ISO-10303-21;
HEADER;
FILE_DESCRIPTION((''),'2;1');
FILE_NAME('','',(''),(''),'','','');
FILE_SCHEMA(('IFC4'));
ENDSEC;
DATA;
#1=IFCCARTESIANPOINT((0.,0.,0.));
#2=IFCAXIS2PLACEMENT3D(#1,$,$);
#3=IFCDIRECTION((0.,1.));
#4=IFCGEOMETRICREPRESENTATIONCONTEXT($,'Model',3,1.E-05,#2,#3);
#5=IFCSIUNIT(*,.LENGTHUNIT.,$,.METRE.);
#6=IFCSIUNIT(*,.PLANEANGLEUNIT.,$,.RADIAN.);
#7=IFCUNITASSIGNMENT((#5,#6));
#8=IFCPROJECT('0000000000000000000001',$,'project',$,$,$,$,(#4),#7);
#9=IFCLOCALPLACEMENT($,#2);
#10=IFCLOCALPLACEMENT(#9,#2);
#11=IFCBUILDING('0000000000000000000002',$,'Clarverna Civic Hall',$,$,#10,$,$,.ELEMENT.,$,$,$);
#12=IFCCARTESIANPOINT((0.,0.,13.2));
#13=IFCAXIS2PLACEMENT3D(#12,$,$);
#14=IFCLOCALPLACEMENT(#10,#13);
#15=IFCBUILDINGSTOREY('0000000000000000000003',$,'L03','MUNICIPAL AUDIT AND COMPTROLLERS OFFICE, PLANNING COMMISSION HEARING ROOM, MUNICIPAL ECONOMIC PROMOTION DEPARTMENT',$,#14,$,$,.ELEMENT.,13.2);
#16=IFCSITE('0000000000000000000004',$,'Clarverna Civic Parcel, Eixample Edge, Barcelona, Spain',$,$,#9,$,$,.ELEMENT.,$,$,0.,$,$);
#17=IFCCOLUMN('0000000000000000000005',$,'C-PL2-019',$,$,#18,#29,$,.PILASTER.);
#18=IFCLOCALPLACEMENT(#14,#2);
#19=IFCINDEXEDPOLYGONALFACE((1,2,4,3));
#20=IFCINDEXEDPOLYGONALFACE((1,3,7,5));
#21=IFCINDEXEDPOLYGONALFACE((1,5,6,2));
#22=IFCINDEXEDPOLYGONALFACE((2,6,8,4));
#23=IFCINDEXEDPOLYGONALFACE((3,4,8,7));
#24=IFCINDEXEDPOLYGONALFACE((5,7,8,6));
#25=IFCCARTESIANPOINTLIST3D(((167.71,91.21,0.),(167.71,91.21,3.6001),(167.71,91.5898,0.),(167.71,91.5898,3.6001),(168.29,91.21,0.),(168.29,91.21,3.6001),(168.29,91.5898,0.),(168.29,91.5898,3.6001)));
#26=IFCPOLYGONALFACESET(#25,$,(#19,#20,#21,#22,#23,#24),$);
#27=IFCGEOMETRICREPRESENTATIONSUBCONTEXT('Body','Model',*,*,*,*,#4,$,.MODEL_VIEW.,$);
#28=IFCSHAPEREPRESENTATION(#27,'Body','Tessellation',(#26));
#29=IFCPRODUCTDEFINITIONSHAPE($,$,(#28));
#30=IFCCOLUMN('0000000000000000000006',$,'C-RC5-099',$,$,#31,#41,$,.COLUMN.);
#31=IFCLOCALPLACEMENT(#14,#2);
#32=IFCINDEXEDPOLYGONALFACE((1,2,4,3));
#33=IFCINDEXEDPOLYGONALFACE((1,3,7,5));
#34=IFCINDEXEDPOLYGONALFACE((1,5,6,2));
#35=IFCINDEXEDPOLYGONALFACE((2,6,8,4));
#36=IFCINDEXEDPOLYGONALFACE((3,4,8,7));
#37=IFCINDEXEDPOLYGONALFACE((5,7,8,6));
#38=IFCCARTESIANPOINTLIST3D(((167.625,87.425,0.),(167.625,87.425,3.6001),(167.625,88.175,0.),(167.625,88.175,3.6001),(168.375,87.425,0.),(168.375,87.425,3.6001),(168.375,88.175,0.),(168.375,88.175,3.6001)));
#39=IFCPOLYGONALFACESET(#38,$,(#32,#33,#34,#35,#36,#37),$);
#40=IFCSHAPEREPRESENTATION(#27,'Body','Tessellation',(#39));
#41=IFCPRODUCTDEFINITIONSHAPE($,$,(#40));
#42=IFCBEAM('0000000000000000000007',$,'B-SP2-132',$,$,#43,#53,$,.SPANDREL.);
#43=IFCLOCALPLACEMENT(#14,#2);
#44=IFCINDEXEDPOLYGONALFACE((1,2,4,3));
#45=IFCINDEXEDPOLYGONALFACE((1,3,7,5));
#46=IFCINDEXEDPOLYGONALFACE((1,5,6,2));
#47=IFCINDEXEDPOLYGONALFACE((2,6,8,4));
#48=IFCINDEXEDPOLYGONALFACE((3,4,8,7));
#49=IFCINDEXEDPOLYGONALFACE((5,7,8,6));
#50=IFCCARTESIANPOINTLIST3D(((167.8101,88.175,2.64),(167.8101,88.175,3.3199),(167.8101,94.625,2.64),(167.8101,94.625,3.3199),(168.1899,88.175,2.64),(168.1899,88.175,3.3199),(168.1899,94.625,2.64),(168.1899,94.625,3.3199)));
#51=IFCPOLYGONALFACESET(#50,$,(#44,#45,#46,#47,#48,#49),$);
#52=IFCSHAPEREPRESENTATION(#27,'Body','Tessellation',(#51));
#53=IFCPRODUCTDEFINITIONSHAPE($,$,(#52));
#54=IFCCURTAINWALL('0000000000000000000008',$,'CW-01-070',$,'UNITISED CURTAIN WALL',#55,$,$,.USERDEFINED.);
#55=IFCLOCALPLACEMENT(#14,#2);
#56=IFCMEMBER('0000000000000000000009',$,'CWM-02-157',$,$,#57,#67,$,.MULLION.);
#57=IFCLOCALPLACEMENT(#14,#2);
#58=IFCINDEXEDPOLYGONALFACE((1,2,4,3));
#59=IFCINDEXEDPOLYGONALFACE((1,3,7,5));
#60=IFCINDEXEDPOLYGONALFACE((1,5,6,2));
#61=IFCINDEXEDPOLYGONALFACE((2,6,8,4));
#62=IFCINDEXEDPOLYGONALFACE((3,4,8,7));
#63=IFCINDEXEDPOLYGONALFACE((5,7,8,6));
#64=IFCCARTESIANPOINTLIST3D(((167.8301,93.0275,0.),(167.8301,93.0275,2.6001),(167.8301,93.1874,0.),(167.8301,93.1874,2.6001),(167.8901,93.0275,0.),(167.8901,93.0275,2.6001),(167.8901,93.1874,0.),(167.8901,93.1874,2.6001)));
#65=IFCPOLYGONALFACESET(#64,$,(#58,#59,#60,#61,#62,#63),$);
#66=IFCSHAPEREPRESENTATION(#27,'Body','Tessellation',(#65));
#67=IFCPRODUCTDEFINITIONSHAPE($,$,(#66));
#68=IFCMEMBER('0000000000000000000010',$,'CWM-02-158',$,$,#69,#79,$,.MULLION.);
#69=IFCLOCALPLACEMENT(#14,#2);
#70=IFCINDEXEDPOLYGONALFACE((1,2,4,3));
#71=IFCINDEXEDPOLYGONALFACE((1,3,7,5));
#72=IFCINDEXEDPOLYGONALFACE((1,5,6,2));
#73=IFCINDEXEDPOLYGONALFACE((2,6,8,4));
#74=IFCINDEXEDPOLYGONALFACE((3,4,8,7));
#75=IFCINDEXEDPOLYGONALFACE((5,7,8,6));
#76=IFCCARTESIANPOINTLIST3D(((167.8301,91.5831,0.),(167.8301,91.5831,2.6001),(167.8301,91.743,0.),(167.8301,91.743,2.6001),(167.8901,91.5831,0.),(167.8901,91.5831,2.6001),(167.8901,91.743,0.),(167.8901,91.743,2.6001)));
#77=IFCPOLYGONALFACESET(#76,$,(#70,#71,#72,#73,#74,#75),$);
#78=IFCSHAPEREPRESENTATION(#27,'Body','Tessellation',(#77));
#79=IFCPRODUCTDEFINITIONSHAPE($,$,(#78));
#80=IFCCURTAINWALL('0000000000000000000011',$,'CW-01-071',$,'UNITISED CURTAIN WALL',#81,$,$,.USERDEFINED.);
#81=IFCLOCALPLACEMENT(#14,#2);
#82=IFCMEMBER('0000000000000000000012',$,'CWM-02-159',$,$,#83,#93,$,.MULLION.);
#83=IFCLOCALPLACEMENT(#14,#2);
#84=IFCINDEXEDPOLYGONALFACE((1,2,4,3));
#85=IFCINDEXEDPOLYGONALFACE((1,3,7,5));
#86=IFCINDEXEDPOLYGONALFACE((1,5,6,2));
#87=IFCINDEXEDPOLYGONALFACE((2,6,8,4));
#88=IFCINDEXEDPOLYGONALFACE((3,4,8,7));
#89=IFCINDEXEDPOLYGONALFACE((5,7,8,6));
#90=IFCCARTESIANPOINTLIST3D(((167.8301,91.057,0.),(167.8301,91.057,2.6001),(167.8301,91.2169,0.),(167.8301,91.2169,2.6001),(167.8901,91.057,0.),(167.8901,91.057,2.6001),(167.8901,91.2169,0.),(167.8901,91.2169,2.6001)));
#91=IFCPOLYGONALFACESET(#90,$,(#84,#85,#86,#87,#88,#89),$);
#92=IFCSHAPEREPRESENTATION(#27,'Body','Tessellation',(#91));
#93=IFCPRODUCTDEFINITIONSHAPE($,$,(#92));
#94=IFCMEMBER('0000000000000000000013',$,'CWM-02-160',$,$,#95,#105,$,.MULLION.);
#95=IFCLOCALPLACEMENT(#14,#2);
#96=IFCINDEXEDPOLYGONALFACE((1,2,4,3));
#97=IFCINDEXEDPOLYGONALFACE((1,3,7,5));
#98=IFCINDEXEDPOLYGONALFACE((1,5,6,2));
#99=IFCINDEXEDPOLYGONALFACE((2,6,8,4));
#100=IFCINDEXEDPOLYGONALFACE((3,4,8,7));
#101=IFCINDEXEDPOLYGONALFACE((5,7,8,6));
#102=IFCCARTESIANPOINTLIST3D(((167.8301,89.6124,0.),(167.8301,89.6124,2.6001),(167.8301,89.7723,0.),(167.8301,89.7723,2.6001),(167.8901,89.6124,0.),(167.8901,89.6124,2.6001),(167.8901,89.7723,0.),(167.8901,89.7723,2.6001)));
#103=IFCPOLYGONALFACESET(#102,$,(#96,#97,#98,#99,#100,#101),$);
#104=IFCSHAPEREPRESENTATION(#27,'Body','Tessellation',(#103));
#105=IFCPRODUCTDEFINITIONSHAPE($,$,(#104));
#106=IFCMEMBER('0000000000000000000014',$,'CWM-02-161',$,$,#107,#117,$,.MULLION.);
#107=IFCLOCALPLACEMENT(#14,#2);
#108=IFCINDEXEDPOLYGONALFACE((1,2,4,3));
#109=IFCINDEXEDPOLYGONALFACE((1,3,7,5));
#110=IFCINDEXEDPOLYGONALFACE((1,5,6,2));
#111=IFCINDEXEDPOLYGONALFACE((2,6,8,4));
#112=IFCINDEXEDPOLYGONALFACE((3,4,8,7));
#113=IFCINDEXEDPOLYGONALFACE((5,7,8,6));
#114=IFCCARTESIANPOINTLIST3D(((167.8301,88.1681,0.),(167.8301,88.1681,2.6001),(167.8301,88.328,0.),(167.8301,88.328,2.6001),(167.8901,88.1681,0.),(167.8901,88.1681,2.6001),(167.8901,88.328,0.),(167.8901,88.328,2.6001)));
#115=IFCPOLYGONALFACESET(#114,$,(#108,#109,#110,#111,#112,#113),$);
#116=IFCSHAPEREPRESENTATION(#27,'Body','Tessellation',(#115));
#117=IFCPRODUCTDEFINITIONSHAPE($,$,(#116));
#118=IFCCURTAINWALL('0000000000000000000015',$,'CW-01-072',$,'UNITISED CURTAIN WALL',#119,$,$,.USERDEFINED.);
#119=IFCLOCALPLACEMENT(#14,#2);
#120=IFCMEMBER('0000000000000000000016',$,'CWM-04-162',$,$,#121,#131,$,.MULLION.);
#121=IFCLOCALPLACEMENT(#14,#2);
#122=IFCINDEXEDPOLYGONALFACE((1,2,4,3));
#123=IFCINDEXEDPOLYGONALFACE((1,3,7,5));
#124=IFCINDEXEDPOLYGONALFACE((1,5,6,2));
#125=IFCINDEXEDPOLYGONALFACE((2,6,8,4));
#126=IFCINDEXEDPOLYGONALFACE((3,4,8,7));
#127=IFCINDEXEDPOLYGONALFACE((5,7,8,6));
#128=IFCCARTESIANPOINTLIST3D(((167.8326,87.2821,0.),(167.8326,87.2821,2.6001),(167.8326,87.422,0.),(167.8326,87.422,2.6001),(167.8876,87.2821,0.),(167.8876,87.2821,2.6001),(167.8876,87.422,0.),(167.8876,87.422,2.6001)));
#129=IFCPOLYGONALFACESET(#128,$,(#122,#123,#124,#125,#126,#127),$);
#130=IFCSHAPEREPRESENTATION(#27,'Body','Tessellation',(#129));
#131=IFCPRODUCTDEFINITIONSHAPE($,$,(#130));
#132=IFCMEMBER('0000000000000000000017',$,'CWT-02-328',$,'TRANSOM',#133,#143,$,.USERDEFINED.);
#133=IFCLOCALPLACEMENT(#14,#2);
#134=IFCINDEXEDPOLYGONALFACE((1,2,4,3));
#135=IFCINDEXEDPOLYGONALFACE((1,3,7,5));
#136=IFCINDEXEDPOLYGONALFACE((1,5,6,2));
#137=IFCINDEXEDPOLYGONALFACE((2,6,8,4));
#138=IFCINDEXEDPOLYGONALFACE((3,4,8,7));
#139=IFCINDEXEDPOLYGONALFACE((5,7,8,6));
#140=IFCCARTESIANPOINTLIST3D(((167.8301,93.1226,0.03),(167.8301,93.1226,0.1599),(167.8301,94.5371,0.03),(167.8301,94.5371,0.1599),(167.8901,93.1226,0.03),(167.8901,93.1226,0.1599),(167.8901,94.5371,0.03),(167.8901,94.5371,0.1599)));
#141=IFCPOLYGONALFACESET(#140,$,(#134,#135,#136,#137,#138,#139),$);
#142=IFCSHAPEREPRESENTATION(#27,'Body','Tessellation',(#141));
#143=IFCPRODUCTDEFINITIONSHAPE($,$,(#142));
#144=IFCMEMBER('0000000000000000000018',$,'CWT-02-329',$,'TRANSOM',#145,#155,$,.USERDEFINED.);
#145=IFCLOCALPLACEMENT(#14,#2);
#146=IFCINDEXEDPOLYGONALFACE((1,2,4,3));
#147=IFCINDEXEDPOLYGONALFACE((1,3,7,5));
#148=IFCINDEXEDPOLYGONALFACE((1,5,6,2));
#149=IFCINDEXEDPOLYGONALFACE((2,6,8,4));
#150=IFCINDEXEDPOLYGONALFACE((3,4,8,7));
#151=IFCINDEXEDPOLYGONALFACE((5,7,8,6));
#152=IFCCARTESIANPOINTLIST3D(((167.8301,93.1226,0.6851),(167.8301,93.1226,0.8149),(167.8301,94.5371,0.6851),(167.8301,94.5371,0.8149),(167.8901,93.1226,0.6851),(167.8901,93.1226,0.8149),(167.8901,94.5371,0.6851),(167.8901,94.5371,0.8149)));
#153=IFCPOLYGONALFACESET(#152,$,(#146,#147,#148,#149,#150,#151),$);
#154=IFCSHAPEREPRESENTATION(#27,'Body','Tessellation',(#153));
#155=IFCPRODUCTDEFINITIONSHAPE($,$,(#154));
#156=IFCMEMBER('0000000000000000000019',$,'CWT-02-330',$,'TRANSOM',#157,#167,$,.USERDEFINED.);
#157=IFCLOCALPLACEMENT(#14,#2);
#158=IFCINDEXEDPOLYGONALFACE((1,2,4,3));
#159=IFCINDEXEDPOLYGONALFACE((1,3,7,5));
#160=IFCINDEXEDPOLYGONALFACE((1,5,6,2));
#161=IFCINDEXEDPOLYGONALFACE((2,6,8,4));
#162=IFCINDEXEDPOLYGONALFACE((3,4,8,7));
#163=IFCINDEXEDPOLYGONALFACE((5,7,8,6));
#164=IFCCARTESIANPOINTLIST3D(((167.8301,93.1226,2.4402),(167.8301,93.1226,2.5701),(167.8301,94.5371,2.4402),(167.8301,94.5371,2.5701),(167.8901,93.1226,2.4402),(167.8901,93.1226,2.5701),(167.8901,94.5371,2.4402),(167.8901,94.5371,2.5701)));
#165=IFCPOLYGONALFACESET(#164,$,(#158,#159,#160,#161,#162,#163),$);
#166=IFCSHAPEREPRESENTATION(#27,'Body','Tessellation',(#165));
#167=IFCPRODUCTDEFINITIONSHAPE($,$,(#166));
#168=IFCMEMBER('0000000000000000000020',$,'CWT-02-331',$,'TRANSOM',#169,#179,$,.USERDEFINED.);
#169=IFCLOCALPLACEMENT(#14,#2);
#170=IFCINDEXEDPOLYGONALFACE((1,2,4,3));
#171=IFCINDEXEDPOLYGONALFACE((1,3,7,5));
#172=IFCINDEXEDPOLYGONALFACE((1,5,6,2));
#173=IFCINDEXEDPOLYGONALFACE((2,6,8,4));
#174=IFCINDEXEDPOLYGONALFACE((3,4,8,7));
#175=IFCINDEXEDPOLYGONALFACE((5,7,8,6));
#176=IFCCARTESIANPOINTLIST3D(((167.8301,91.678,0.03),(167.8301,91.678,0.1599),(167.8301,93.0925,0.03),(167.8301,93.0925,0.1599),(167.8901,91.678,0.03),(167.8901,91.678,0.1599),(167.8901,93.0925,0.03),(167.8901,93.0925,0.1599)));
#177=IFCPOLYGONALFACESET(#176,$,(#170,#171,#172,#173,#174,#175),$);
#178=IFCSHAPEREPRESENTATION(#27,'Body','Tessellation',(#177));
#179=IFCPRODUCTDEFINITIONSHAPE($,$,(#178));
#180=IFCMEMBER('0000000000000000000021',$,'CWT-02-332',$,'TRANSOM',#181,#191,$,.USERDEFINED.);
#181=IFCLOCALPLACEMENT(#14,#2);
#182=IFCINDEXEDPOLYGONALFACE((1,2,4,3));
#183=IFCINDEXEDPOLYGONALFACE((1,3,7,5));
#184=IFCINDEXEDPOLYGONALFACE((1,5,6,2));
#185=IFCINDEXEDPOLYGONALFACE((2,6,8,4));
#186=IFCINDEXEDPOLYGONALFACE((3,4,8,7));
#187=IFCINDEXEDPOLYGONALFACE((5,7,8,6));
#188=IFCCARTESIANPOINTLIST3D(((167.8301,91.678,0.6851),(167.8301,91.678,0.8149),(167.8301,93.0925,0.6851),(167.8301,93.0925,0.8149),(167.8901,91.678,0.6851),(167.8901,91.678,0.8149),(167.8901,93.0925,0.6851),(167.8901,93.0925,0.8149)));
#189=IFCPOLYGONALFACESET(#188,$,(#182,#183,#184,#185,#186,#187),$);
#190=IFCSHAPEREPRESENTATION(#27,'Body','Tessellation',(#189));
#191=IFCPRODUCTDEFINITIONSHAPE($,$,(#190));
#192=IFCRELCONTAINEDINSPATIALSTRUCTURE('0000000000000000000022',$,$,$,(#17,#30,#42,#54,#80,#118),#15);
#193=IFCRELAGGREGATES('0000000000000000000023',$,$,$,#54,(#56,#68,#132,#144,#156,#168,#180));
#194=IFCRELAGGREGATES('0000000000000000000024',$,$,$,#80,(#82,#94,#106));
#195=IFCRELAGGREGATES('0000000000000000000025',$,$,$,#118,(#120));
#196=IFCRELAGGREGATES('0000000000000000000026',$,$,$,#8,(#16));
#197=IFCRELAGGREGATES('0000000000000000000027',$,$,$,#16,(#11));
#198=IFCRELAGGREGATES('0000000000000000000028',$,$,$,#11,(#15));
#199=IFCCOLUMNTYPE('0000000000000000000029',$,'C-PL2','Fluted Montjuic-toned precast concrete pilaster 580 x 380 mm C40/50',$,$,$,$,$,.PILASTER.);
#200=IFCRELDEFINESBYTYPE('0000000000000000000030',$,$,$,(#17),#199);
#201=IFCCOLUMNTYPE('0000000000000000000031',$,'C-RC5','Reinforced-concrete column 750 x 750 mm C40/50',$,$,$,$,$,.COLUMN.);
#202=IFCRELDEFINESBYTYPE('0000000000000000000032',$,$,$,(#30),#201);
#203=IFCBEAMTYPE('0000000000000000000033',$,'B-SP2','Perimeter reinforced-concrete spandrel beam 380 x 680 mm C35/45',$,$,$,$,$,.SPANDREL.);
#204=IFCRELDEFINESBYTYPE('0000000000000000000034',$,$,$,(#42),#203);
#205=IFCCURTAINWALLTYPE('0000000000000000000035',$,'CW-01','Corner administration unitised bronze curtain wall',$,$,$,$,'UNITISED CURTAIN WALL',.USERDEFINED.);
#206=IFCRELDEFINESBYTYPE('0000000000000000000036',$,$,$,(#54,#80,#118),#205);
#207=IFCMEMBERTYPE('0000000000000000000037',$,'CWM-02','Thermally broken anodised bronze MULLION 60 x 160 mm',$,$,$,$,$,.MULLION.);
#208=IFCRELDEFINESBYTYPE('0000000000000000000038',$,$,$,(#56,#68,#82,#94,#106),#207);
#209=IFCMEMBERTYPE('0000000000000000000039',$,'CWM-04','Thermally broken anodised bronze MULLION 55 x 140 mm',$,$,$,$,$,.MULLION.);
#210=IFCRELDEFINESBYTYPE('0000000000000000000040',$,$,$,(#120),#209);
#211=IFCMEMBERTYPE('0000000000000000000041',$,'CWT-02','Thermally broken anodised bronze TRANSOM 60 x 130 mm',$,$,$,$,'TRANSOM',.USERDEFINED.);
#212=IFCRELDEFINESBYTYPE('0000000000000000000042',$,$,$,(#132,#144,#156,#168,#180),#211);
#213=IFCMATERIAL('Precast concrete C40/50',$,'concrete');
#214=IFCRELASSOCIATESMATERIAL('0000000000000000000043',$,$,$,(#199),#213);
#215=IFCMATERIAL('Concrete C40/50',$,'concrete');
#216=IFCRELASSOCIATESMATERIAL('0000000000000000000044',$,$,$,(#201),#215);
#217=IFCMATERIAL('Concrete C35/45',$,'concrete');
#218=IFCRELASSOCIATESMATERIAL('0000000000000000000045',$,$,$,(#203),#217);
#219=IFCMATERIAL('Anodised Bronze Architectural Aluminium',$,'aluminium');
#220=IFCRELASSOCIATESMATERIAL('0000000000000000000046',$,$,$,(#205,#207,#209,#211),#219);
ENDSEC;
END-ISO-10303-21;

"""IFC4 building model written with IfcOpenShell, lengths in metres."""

from ifc_helpers import new_model, si_unit, direction, frame, origin, origin_2d, place, context, subcontext, project, spatial, rectangle, extrude, material, material_profile, profile_set, type_object, element, aggregate, save


model = new_model("IFC4")

# Units and contexts
model_context = context("Model", 3, precision=1e-05, world=origin(), true_north=direction((0.0, 1.0)))
body_context = subcontext(model_context, "Body", "Model", "MODEL_VIEW")
ifc_project = project(units=[si_unit("LENGTHUNIT", "METRE"), si_unit("PLANEANGLEUNIT", "RADIAN")], contexts=[model_context])

# Site, building, storey
site_placement = place(None, origin())
site = spatial("IfcSite", under=ifc_project, at=site_placement, Name="Clarverna Civic Parcel, Eixample Edge, Barcelona, Spain", CompositionType="ELEMENT", RefElevation=0.0)
building_placement = place(site_placement, origin())
building = spatial("IfcBuilding", under=site, at=building_placement, Name="Clarverna Civic Hall", CompositionType="ELEMENT")
storey_placement = place(building_placement, frame((0.0, 0.0, 13.2)))
storey = spatial("IfcBuildingStorey", under=building, at=storey_placement, Name="L03", Description="MUNICIPAL AUDIT AND COMPTROLLERS OFFICE, PLANNING COMMISSION HEARING ROOM, MUNICIPAL ECONOMIC PROMOTION DEPARTMENT", CompositionType="ELEMENT", Elevation=13.2)

# Columns
ifc_material_1 = material(Name="Precast concrete C40/50", Category="concrete")
ifc_material_profile_1 = material_profile(ifc_material_1, rectangle(XDim=0.5801, YDim=0.3799, at=origin_2d()), Name="PILASTER 580x380")
ifc_profile_set_1 = profile_set([ifc_material_profile_1], Name="Precast concrete C40/50")
column_type_1 = type_object("IfcColumnType", Name="C-PL2", Description="Fluted Montjuic-toned precast concrete pilaster 580 x 380 mm C40/50", PredefinedType="PILASTER", material=ifc_profile_set_1)
column_1_placement = place(storey_placement, frame((168.0, 91.3999, 0.0), z_axis=(0.0, 0.0, 1.0), x_axis=(1.0, 0.0, 0.0)))
element("IfcColumn", 1, at=column_1_placement, inside=storey, type_object=column_type_1, Name="C-PL2-019", PredefinedType="PILASTER", context=body_context, shape_type="SweptSolid", body=[
    extrude(rectangle(XDim=0.5801, YDim=0.3799, at=origin_2d()), origin(), (0.0, 0.0, 1.0), 3.6001),
])
ifc_material_2 = material(Name="Concrete C40/50", Category="concrete")
ifc_material_profile_2 = material_profile(ifc_material_2, rectangle(XDim=0.75, YDim=0.75, at=origin_2d()), Name="RC 750x750")
ifc_profile_set_2 = profile_set([ifc_material_profile_2], Name="Concrete C40/50")
column_type_2 = type_object("IfcColumnType", Name="C-RC5", Description="Reinforced-concrete column 750 x 750 mm C40/50", PredefinedType="COLUMN", material=ifc_profile_set_2)
column_2_placement = place(storey_placement, frame((168.0, 87.8, 0.0), z_axis=(0.0, 0.0, 1.0), x_axis=(1.0, 0.0, 0.0)))
element("IfcColumn", 2, at=column_2_placement, inside=storey, type_object=column_type_2, Name="C-RC5-099", PredefinedType="COLUMN", context=body_context, shape_type="SweptSolid", body=[
    extrude(rectangle(XDim=0.75, YDim=0.75, at=origin_2d()), origin(), (0.0, 0.0, 1.0), 3.6001),
])

# Beam
ifc_material_3 = material(Name="Concrete C35/45", Category="concrete")
ifc_material_profile_3 = material_profile(ifc_material_3, rectangle(XDim=0.3799, YDim=0.6799, at=origin_2d()), Name="RC 380x680")
ifc_profile_set_3 = profile_set([ifc_material_profile_3], Name="Concrete C35/45")
beam_type_1 = type_object("IfcBeamType", Name="B-SP2", Description="Perimeter reinforced-concrete spandrel beam 380 x 680 mm C35/45", PredefinedType="SPANDREL", material=ifc_profile_set_3)
beam_1_placement = place(storey_placement, frame((168.0, 88.175, 2.98), z_axis=(0.0, 1.0, 0.0), x_axis=(-1.0, 0.0, 0.0)))
element("IfcBeam", 3, at=beam_1_placement, inside=storey, type_object=beam_type_1, Name="B-SP2-132", PredefinedType="SPANDREL", context=body_context, shape_type="SweptSolid", body=[
    extrude(rectangle(XDim=0.3799, YDim=0.6799, at=origin_2d()), origin(), (0.0, 0.0, 1.0), 6.45),
])

# Curtain walls, members
ifc_material_4 = material(Name="Anodised Bronze Architectural Aluminium", Category="aluminium")
curtain_wall_type = type_object("IfcCurtainWallType", Name="CW-01", Description="Corner administration unitised bronze curtain wall", ElementType="UNITISED CURTAIN WALL", PredefinedType="USERDEFINED", material=ifc_material_4)
curtain_wall_1_placement = place(storey_placement, origin())
curtain_wall_1 = element("IfcCurtainWall", 4, at=curtain_wall_1_placement, inside=storey, type_object=curtain_wall_type, Name="CW-01-070", ObjectType="UNITISED CURTAIN WALL", PredefinedType="USERDEFINED")
ifc_material_profile_4 = material_profile(ifc_material_4, rectangle(XDim=0.0601, YDim=0.1599, at=origin_2d()), Name="BRONZE 60x160")
ifc_profile_set_4 = profile_set([ifc_material_profile_4], Name="Anodised Bronze Architectural Aluminium")
member_type_1 = type_object("IfcMemberType", Name="CWM-02", Description="Thermally broken anodised bronze MULLION 60 x 160 mm", PredefinedType="MULLION", material=ifc_profile_set_4)
member_1_placement = place(storey_placement, frame((167.8601, 93.1074, 0.0), z_axis=(0.0, 0.0, 1.0), x_axis=(1.0, 0.0, 0.0)))
member_1 = element("IfcMember", 5, at=member_1_placement, type_object=member_type_1, Name="CWM-02-157", PredefinedType="MULLION", context=body_context, shape_type="SweptSolid", body=[
    extrude(rectangle(XDim=0.0601, YDim=0.1599, at=origin_2d()), origin(), (0.0, 0.0, 1.0), 2.6001),
])
member_2_placement = place(storey_placement, frame((167.8601, 91.6631, 0.0), z_axis=(0.0, 0.0, 1.0), x_axis=(1.0, 0.0, 0.0)))
member_2 = element("IfcMember", 6, at=member_2_placement, type_object=member_type_1, Name="CWM-02-158", PredefinedType="MULLION", context=body_context, shape_type="SweptSolid", body=[
    extrude(rectangle(XDim=0.0601, YDim=0.1599, at=origin_2d()), origin(), (0.0, 0.0, 1.0), 2.6001),
])
curtain_wall_2_placement = place(storey_placement, origin())
curtain_wall_2 = element("IfcCurtainWall", 7, at=curtain_wall_2_placement, inside=storey, type_object=curtain_wall_type, Name="CW-01-071", ObjectType="UNITISED CURTAIN WALL", PredefinedType="USERDEFINED")
member_3_placement = place(storey_placement, frame((167.8601, 91.137, 0.0), z_axis=(0.0, 0.0, 1.0), x_axis=(1.0, 0.0, 0.0)))
member_3 = element("IfcMember", 8, at=member_3_placement, type_object=member_type_1, Name="CWM-02-159", PredefinedType="MULLION", context=body_context, shape_type="SweptSolid", body=[
    extrude(rectangle(XDim=0.0601, YDim=0.1599, at=origin_2d()), origin(), (0.0, 0.0, 1.0), 2.6001),
])
member_4_placement = place(storey_placement, frame((167.8601, 89.6924, 0.0), z_axis=(0.0, 0.0, 1.0), x_axis=(1.0, 0.0, 0.0)))
member_4 = element("IfcMember", 9, at=member_4_placement, type_object=member_type_1, Name="CWM-02-160", PredefinedType="MULLION", context=body_context, shape_type="SweptSolid", body=[
    extrude(rectangle(XDim=0.0601, YDim=0.1599, at=origin_2d()), origin(), (0.0, 0.0, 1.0), 2.6001),
])
member_5_placement = place(storey_placement, frame((167.8601, 88.248, 0.0), z_axis=(0.0, 0.0, 1.0), x_axis=(1.0, 0.0, 0.0)))
member_5 = element("IfcMember", 10, at=member_5_placement, type_object=member_type_1, Name="CWM-02-161", PredefinedType="MULLION", context=body_context, shape_type="SweptSolid", body=[
    extrude(rectangle(XDim=0.0601, YDim=0.1599, at=origin_2d()), origin(), (0.0, 0.0, 1.0), 2.6001),
])

# Curtain wall, member
curtain_wall_3_placement = place(storey_placement, origin())
curtain_wall_3 = element("IfcCurtainWall", 11, at=curtain_wall_3_placement, inside=storey, type_object=curtain_wall_type, Name="CW-01-072", ObjectType="UNITISED CURTAIN WALL", PredefinedType="USERDEFINED")
ifc_material_profile_5 = material_profile(ifc_material_4, rectangle(XDim=0.0549, YDim=0.1399, at=origin_2d()), Name="BRONZE 55x140")
ifc_profile_set_5 = profile_set([ifc_material_profile_5], Name="Anodised Bronze Architectural Aluminium")
member_type_2 = type_object("IfcMemberType", Name="CWM-04", Description="Thermally broken anodised bronze MULLION 55 x 140 mm", PredefinedType="MULLION", material=ifc_profile_set_5)
member_6_placement = place(storey_placement, frame((167.8601, 87.3521, 0.0), z_axis=(0.0, 0.0, 1.0), x_axis=(1.0, 0.0, 0.0)))
member_6 = element("IfcMember", 12, at=member_6_placement, type_object=member_type_2, Name="CWM-04-162", PredefinedType="MULLION", context=body_context, shape_type="SweptSolid", body=[
    extrude(rectangle(XDim=0.0549, YDim=0.1399, at=origin_2d()), origin(), (0.0, 0.0, 1.0), 2.6001),
])

# Members
ifc_material_profile_6 = material_profile(ifc_material_4, rectangle(XDim=0.0601, YDim=0.1299, at=origin_2d()), Name="BRONZE 60x130")
ifc_profile_set_6 = profile_set([ifc_material_profile_6], Name="Anodised Bronze Architectural Aluminium")
member_type_3 = type_object("IfcMemberType", Name="CWT-02", Description="Thermally broken anodised bronze TRANSOM 60 x 130 mm", ElementType="TRANSOM", PredefinedType="USERDEFINED", material=ifc_profile_set_6)
member_7_placement = place(storey_placement, frame((167.8601, 94.5371, 0.095), z_axis=(0.0, -1.0, 0.0), x_axis=(1.0, 0.0, 0.0)))
member_7 = element("IfcMember", 13, at=member_7_placement, type_object=member_type_3, Name="CWT-02-328", ObjectType="TRANSOM", PredefinedType="USERDEFINED", context=body_context, shape_type="SweptSolid", body=[
    extrude(rectangle(XDim=0.0601, YDim=0.1299, at=origin_2d()), origin(), (0.0, 0.0, 1.0), 1.4146),
])
member_8_placement = place(storey_placement, frame((167.8601, 94.5371, 0.75), z_axis=(0.0, -1.0, 0.0), x_axis=(1.0, 0.0, 0.0)))
member_8 = element("IfcMember", 14, at=member_8_placement, type_object=member_type_3, Name="CWT-02-329", ObjectType="TRANSOM", PredefinedType="USERDEFINED", context=body_context, shape_type="SweptSolid", body=[
    extrude(rectangle(XDim=0.0601, YDim=0.1299, at=origin_2d()), origin(), (0.0, 0.0, 1.0), 1.4146),
])
member_9_placement = place(storey_placement, frame((167.8601, 94.5371, 2.5051), z_axis=(0.0, -1.0, 0.0), x_axis=(1.0, 0.0, 0.0)))
member_9 = element("IfcMember", 15, at=member_9_placement, type_object=member_type_3, Name="CWT-02-330", ObjectType="TRANSOM", PredefinedType="USERDEFINED", context=body_context, shape_type="SweptSolid", body=[
    extrude(rectangle(XDim=0.0601, YDim=0.1299, at=origin_2d()), origin(), (0.0, 0.0, 1.0), 1.4146),
])
member_10_placement = place(storey_placement, frame((167.8601, 93.0925, 0.095), z_axis=(0.0, -1.0, 0.0), x_axis=(1.0, 0.0, 0.0)))
member_10 = element("IfcMember", 16, at=member_10_placement, type_object=member_type_3, Name="CWT-02-331", ObjectType="TRANSOM", PredefinedType="USERDEFINED", context=body_context, shape_type="SweptSolid", body=[
    extrude(rectangle(XDim=0.0601, YDim=0.1299, at=origin_2d()), origin(), (0.0, 0.0, 1.0), 1.4146),
])
member_11_placement = place(storey_placement, frame((167.8601, 93.0925, 0.75), z_axis=(0.0, -1.0, 0.0), x_axis=(1.0, 0.0, 0.0)))
member_11 = element("IfcMember", 17, at=member_11_placement, type_object=member_type_3, Name="CWT-02-332", ObjectType="TRANSOM", PredefinedType="USERDEFINED", context=body_context, shape_type="SweptSolid", body=[
    extrude(rectangle(XDim=0.0601, YDim=0.1299, at=origin_2d()), origin(), (0.0, 0.0, 1.0), 1.4146),
])

aggregate(curtain_wall_1, [member_1, member_2, member_7, member_8, member_9, member_10, member_11])
aggregate(curtain_wall_2, [member_3, member_4, member_5])
aggregate(curtain_wall_3, [member_6])

save(model, "model.ifc")
